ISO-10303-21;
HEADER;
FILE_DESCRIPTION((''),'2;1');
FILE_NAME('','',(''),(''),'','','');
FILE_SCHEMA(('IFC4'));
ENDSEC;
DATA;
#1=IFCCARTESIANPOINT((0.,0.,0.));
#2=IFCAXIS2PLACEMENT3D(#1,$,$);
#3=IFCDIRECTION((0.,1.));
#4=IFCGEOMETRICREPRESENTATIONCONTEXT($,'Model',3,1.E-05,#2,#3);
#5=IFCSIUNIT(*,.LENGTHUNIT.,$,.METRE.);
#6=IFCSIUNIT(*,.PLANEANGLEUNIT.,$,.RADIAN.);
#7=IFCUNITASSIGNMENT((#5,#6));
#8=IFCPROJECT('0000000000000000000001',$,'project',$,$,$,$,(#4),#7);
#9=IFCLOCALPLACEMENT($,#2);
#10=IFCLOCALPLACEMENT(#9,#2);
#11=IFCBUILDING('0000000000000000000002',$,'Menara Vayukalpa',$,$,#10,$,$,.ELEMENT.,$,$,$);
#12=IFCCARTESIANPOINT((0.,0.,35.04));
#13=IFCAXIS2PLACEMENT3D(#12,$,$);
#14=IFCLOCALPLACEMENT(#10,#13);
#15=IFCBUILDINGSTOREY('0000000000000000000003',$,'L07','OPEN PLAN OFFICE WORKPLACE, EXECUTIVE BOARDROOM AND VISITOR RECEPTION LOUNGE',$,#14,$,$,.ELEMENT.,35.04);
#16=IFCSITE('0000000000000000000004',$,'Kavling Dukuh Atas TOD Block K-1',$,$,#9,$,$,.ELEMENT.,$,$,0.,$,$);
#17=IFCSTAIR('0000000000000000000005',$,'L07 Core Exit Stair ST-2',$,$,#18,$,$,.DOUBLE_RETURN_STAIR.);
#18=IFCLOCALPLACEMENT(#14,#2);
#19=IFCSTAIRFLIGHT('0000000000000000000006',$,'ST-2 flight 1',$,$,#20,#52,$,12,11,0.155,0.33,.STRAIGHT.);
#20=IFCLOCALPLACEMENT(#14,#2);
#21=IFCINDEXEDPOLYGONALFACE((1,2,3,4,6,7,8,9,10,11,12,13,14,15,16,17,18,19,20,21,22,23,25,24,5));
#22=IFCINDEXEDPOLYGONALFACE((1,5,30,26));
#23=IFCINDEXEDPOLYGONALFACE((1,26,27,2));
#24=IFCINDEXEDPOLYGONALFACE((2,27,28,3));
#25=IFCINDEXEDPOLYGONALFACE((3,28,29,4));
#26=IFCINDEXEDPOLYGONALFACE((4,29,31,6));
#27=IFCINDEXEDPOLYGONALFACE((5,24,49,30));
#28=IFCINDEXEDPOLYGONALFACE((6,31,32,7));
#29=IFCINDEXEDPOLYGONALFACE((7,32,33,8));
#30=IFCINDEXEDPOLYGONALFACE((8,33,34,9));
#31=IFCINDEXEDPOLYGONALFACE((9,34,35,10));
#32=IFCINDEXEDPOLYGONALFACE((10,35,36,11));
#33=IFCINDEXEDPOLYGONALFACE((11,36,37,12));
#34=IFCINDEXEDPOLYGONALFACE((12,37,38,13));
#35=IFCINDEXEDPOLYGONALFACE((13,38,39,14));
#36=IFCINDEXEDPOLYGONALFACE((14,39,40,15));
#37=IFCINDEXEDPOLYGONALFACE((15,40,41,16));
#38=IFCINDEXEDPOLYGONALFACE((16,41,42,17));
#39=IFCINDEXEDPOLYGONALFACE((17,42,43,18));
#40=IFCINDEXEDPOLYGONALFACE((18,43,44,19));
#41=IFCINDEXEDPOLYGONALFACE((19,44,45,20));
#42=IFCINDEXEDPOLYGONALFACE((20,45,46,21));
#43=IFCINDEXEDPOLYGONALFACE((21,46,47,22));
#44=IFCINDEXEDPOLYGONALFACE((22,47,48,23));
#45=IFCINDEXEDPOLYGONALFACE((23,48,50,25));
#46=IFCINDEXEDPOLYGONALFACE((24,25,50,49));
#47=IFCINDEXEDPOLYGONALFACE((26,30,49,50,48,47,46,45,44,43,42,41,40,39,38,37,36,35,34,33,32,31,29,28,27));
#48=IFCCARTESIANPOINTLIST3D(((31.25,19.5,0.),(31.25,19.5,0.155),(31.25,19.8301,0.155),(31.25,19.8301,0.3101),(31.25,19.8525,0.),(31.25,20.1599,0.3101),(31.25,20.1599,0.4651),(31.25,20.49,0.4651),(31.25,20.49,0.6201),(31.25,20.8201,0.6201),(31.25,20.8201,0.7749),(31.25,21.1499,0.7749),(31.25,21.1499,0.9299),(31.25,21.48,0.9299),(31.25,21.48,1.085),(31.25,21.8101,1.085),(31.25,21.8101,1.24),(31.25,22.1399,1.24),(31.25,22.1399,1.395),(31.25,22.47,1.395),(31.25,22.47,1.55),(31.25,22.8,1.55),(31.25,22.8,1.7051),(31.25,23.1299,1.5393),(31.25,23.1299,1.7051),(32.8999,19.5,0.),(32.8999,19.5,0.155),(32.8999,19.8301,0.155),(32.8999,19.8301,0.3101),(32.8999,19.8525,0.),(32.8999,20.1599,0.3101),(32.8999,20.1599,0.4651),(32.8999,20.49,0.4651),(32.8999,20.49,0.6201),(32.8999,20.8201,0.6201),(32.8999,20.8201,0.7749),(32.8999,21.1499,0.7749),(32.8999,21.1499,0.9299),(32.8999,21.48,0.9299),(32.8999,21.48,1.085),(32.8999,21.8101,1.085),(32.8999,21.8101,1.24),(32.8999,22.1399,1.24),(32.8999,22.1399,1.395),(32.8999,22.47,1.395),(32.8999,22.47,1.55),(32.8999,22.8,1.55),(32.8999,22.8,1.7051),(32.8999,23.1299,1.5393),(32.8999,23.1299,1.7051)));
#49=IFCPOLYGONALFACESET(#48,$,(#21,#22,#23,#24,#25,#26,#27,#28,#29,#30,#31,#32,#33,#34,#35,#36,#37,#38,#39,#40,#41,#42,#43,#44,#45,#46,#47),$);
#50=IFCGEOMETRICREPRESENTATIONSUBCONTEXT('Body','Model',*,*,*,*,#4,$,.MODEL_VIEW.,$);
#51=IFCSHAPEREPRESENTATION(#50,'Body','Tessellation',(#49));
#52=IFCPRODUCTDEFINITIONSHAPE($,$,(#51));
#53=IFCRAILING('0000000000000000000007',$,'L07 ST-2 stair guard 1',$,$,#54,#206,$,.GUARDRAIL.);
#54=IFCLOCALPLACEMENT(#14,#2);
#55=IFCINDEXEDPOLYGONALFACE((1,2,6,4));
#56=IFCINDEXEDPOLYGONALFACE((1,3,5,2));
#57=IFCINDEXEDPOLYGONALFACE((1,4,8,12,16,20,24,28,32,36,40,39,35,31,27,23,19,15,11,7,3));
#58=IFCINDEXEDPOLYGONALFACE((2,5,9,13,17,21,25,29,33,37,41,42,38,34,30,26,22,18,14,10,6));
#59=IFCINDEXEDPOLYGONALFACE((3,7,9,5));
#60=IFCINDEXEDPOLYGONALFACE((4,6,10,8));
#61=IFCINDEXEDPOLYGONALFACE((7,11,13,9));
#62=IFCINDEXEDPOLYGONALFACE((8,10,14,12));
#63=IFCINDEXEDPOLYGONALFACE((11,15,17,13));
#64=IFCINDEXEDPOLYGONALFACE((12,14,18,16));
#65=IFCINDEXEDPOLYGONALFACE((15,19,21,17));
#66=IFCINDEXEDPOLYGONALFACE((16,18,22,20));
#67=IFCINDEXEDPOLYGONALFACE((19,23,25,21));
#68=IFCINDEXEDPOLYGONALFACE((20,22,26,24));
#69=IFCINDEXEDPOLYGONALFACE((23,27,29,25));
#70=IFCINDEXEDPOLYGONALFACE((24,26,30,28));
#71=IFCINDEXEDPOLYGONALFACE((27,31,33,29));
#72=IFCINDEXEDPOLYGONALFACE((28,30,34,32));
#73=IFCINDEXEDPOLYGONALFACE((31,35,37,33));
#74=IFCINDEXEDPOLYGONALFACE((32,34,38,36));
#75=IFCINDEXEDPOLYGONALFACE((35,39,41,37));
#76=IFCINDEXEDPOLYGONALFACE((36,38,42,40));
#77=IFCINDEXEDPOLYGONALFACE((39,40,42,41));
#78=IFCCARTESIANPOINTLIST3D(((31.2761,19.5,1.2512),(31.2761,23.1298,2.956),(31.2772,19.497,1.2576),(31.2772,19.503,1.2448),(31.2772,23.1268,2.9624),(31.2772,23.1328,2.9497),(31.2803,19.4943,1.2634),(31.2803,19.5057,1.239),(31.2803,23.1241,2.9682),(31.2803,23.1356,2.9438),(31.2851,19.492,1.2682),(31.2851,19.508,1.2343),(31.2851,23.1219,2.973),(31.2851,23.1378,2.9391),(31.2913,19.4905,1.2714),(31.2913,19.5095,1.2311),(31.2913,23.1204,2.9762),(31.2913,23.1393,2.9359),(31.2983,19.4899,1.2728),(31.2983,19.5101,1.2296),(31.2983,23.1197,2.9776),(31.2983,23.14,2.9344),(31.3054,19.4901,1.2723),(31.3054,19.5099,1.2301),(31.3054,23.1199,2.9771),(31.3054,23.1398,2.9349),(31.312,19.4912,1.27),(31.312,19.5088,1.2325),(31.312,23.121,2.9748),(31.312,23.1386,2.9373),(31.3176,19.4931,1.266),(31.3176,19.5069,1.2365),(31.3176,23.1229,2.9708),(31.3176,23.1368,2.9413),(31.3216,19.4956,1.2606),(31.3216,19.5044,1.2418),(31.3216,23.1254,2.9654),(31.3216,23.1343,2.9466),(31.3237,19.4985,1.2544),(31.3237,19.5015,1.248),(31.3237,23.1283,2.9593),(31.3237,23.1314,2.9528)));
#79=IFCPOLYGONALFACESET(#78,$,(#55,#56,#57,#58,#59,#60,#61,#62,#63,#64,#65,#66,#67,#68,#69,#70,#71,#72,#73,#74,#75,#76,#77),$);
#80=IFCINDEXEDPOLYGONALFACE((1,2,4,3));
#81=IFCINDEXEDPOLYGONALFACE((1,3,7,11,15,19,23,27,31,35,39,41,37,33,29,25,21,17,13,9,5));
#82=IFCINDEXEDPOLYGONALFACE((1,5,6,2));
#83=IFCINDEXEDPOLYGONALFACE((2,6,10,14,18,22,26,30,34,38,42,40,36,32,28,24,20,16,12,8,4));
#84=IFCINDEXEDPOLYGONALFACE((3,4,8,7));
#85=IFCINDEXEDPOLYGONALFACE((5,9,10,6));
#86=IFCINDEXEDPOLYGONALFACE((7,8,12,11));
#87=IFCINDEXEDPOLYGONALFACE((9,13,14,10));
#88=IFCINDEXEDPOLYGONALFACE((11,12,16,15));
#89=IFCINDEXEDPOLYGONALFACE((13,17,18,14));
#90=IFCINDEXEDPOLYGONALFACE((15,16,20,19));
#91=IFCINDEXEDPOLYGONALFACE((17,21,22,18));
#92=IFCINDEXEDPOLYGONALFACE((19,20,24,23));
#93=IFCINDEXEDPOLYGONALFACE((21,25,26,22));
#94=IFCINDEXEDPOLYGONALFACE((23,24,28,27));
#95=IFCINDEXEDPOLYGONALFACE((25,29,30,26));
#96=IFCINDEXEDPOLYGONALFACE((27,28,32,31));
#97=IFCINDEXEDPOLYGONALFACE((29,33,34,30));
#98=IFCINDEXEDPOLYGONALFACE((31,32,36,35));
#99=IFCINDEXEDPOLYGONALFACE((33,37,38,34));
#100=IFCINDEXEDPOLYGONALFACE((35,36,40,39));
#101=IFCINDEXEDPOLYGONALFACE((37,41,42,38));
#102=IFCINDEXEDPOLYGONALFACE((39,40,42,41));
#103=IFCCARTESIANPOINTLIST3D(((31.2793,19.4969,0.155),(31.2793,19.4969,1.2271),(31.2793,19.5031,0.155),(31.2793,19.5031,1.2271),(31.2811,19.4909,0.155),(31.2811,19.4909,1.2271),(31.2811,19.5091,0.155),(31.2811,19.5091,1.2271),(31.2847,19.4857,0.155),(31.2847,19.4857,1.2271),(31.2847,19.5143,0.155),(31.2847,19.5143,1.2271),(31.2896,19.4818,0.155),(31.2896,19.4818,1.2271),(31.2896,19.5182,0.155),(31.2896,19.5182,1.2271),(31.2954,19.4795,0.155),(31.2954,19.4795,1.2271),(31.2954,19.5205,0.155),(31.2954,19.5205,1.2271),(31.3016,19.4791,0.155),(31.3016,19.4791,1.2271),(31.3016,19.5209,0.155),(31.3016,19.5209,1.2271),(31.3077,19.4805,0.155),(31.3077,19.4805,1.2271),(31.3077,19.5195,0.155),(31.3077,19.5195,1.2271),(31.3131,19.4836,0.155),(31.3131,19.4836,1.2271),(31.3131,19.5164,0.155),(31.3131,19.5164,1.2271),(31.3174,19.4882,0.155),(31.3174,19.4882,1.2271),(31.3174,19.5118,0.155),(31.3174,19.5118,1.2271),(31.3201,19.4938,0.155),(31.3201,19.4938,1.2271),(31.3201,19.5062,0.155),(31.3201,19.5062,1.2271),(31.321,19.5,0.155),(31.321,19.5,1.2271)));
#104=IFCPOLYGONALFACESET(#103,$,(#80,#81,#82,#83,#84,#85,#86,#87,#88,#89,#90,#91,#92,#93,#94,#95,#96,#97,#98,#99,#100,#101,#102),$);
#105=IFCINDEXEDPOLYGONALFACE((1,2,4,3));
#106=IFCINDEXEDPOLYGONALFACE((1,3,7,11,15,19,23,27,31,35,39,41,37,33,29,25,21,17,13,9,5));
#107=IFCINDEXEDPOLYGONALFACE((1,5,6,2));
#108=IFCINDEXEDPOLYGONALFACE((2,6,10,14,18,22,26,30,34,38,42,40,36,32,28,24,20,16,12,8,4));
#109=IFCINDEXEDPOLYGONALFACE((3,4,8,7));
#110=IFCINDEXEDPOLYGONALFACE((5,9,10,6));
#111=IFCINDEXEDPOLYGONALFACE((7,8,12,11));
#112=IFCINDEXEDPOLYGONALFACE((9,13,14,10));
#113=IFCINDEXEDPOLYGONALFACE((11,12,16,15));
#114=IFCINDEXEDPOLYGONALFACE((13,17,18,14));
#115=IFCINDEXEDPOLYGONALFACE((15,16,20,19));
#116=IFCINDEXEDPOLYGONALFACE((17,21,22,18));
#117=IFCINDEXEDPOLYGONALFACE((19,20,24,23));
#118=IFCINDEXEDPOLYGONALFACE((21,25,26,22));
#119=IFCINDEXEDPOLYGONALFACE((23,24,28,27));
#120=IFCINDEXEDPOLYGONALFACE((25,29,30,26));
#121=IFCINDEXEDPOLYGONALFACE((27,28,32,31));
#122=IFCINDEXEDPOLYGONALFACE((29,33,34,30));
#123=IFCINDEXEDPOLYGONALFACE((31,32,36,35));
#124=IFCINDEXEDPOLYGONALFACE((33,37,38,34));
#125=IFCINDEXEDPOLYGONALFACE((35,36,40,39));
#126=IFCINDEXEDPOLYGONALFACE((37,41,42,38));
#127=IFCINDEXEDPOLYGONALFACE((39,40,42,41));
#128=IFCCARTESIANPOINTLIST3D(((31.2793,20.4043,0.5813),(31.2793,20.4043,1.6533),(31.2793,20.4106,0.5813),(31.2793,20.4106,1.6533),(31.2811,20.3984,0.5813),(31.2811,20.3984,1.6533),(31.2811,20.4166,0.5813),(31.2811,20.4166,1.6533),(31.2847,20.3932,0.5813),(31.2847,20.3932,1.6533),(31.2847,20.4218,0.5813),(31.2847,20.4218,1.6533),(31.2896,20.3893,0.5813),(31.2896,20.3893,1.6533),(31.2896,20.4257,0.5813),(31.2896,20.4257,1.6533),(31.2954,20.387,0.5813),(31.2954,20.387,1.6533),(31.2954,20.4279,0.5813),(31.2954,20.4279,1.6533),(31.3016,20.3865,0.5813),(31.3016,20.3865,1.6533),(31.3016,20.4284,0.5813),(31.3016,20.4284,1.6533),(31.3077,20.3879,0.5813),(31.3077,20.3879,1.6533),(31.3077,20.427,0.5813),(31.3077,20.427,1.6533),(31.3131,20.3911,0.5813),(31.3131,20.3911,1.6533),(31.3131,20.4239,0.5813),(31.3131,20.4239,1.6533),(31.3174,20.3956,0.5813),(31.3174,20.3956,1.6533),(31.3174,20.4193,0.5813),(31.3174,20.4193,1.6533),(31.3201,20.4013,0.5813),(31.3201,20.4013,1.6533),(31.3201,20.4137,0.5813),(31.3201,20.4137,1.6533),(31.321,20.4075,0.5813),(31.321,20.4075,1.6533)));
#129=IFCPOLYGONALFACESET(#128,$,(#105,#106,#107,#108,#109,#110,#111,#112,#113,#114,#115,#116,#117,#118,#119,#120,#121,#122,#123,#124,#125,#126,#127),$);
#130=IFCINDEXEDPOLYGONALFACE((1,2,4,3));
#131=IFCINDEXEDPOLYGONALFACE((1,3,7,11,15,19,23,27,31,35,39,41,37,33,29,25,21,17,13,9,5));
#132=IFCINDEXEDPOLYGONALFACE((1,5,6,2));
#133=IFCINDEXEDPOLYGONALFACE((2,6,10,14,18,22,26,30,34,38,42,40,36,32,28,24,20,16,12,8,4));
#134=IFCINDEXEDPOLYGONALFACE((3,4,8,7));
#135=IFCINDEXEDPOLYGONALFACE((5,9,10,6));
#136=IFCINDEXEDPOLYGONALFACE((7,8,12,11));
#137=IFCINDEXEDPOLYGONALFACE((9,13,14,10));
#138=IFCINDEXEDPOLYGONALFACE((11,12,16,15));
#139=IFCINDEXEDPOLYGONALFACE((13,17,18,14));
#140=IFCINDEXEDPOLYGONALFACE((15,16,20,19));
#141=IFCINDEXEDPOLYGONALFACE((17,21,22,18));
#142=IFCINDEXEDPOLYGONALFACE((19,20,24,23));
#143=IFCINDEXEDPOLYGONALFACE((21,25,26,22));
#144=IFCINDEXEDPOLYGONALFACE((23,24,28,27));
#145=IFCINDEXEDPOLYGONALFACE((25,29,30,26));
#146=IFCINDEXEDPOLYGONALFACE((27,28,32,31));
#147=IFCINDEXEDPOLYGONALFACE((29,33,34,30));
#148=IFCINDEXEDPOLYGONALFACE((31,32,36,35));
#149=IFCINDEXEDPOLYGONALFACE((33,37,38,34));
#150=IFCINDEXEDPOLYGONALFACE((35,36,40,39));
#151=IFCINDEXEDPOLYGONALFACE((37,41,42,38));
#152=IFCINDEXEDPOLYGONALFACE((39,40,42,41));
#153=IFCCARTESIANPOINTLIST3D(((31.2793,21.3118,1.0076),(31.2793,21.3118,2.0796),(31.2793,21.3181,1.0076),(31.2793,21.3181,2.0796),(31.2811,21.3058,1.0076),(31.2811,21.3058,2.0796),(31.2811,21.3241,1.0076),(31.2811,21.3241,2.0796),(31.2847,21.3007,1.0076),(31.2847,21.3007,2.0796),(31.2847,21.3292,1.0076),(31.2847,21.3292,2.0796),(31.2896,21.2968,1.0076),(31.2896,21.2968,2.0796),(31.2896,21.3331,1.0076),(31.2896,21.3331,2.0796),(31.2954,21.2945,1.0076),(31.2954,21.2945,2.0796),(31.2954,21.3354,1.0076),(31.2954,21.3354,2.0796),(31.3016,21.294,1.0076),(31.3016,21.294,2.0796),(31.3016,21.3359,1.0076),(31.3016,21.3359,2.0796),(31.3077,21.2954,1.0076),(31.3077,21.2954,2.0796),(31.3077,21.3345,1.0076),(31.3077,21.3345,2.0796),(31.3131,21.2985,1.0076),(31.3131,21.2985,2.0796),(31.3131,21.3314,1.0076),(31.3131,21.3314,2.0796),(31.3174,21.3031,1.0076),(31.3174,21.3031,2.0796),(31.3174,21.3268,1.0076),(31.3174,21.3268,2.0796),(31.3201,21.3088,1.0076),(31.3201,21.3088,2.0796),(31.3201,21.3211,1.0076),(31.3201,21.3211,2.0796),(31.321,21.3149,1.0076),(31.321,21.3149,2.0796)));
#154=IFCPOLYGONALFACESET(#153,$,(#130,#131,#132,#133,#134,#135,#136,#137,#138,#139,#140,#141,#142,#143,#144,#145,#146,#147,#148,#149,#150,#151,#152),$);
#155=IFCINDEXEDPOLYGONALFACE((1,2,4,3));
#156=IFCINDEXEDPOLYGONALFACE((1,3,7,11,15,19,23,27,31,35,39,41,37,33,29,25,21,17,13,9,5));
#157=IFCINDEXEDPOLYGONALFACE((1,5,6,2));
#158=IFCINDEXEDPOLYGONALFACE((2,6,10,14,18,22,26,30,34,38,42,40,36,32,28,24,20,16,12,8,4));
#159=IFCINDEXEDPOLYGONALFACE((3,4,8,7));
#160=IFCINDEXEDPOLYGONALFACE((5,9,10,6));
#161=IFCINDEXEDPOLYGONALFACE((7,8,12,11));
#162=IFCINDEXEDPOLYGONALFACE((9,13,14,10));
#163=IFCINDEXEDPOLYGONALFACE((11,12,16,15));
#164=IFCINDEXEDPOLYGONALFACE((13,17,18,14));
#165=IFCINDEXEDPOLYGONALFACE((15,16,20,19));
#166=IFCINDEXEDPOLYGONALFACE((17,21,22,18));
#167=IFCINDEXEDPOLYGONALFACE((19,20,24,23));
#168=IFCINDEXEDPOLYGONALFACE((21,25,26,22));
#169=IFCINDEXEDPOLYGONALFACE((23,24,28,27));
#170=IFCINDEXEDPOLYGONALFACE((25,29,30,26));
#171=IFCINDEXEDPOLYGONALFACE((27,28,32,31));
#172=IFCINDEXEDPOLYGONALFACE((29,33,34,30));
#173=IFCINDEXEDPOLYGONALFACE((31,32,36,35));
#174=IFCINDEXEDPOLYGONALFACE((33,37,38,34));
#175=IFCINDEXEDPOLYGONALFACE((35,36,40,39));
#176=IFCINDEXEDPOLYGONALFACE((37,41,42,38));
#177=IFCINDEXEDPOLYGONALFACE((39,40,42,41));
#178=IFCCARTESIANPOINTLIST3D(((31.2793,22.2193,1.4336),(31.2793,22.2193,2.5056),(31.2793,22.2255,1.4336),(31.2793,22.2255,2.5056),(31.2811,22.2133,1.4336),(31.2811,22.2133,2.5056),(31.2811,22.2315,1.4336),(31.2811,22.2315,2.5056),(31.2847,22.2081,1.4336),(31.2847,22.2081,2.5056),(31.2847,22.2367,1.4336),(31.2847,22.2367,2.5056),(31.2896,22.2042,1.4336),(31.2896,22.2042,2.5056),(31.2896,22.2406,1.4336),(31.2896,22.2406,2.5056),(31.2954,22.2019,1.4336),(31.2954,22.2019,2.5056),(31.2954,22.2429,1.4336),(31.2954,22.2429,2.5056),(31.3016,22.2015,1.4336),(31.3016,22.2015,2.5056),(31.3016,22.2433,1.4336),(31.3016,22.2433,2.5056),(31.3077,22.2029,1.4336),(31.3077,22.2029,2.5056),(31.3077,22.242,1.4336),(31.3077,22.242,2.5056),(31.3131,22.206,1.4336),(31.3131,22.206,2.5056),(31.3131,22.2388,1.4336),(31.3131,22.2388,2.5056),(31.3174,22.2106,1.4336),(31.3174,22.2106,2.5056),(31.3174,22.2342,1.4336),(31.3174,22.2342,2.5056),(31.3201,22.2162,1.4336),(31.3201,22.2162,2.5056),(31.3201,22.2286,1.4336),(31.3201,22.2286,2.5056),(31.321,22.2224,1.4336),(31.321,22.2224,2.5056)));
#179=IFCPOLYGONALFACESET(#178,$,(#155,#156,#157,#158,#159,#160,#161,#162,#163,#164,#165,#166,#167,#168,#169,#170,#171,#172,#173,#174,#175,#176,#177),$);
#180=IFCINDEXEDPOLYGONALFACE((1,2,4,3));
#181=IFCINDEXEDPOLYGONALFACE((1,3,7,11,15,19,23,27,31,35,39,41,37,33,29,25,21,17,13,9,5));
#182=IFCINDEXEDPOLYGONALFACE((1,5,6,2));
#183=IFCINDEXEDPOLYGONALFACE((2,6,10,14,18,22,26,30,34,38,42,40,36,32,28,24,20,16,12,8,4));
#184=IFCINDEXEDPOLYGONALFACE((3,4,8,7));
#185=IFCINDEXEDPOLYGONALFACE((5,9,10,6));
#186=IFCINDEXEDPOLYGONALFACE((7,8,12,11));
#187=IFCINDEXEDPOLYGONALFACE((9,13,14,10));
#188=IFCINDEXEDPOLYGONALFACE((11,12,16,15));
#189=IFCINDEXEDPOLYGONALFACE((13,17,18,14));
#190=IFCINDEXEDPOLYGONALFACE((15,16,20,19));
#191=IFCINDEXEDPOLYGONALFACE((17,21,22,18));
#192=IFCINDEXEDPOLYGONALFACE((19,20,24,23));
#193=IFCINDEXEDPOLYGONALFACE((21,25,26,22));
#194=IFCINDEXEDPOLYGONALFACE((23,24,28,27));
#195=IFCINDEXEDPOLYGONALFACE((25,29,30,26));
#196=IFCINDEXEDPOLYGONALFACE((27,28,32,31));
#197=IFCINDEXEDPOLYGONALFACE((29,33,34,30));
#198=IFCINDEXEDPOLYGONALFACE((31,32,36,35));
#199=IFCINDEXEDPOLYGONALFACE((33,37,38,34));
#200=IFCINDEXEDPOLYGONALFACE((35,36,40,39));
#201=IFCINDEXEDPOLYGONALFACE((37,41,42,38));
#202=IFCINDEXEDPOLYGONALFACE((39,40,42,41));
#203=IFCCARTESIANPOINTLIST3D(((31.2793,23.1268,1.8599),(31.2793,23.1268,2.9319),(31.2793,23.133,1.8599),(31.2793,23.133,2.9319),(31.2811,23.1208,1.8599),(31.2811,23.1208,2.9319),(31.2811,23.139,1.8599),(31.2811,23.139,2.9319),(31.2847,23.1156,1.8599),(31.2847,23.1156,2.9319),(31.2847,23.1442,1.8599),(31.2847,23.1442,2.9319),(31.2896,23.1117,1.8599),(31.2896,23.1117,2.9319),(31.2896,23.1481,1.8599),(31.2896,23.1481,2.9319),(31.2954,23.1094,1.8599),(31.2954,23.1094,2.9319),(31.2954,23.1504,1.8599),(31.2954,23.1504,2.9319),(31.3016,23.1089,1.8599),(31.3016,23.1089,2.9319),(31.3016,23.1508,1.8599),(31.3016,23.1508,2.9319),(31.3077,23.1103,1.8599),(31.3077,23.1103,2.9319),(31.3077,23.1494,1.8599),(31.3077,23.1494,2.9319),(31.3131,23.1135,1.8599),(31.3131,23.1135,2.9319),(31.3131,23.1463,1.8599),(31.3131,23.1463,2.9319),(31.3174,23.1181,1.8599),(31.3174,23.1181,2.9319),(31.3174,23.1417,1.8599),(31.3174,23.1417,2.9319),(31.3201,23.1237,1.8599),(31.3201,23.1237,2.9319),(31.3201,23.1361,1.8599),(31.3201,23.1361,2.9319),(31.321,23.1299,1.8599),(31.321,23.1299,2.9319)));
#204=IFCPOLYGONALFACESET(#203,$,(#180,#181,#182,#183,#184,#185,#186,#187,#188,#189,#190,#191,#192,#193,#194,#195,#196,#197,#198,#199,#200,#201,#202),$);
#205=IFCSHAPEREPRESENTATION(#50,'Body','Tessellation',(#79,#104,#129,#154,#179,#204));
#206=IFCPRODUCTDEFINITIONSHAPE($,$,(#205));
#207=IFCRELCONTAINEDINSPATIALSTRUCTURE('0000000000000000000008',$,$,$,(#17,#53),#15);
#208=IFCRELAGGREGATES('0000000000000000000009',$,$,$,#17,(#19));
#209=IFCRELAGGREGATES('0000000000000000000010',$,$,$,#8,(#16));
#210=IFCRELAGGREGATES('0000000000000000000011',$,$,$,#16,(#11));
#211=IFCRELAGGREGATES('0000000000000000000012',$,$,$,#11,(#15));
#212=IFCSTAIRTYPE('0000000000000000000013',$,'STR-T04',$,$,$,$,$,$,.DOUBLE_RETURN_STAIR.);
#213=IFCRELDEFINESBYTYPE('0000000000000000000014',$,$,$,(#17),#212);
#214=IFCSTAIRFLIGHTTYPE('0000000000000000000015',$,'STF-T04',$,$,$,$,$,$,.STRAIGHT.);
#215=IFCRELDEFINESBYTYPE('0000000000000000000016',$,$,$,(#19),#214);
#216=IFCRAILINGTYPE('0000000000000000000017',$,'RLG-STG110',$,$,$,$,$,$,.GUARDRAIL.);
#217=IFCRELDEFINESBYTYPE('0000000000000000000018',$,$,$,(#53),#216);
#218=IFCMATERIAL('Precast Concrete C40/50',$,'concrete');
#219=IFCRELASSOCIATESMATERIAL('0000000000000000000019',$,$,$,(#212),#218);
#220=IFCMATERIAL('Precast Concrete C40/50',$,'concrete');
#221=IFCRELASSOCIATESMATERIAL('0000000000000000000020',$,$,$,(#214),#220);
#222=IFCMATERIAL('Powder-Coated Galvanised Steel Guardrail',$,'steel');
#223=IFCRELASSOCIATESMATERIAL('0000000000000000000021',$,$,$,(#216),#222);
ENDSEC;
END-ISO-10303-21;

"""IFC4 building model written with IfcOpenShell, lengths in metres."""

from ifc_helpers import new_model, si_unit, direction, frame, origin, origin_2d, place, context, subcontext, project, spatial, polyline, circle, outline, extrude, material, type_object, element, aggregate, save


model = new_model("IFC4")

# Units and contexts
model_context = context("Model", 3, precision=1e-05, world=origin(), true_north=direction((0.0, 1.0)))
body_context = subcontext(model_context, "Body", "Model", "MODEL_VIEW")
ifc_project = project(units=[si_unit("LENGTHUNIT", "METRE"), si_unit("PLANEANGLEUNIT", "RADIAN")], contexts=[model_context])

# Site, building, storey
site_placement = place(None, origin())
site = spatial("IfcSite", under=ifc_project, at=site_placement, Name="Kavling Dukuh Atas TOD Block K-1", CompositionType="ELEMENT", RefElevation=0.0)
building_placement = place(site_placement, origin())
building = spatial("IfcBuilding", under=site, at=building_placement, Name="Menara Vayukalpa", CompositionType="ELEMENT")
storey_placement = place(building_placement, frame((0.0, 0.0, 35.04)))
storey = spatial("IfcBuildingStorey", under=building, at=storey_placement, Name="L07", Description="OPEN PLAN OFFICE WORKPLACE, EXECUTIVE BOARDROOM AND VISITOR RECEPTION LOUNGE", CompositionType="ELEMENT", Elevation=35.04)

# Stair, stair flight
ifc_material_1 = material(Name="Precast Concrete C40/50", Category="concrete")
stair_type = type_object("IfcStairType", Name="STR-T04", PredefinedType="DOUBLE_RETURN_STAIR", material=ifc_material_1)
stair_placement = place(storey_placement, origin())
stair = element("IfcStair", 1, at=stair_placement, inside=storey, type_object=stair_type, Name="L07 Core Exit Stair ST-2", PredefinedType="DOUBLE_RETURN_STAIR")
ifc_material_2 = material(Name="Precast Concrete C40/50", Category="concrete")
stair_flight_type = type_object("IfcStairFlightType", Name="STF-T04", PredefinedType="STRAIGHT", material=ifc_material_2)
stair_flight_placement = place(storey_placement, frame((32.075, 19.5, 0.0), z_axis=(0.0, 0.0, 1.0), x_axis=(0.0, 1.0, 0.0)))
stair_flight = element("IfcStairFlight", 2, at=stair_flight_placement, type_object=stair_flight_type, Name="ST-2 flight 1", NumberOfRisers=12, NumberOfTreads=11, PredefinedType="STRAIGHT", RiserHeight=0.155, TreadLength=0.33, context=body_context, shape_type="SweptSolid", body=[
    extrude(outline(polyline([(0.0, 0.0), (0.0, 0.155), (0.3301, 0.155), (0.3301, 0.3101), (0.6599, 0.3101), (0.6599, 0.4651), (0.99, 0.4651), (0.99, 0.6201), (1.3201, 0.6201), (1.3201, 0.7749), (1.6499, 0.7749), (1.6499, 0.9299), (1.98, 0.9299), (1.98, 1.085), (2.3101, 1.085), (2.3101, 1.24), (2.6399, 1.24), (2.6399, 1.395), (2.97, 1.395), (2.97, 1.55), (3.3, 1.55), (3.3, 1.7051), (3.6299, 1.7051), (3.6299, 1.8601), (3.6299, 1.5393), (0.3525, 0.0), (0.0, 0.0)])), frame((0.0, 0.825, 0.0), z_axis=(0.0, -1.0, 0.0), x_axis=(1.0, 0.0, 0.0)), (0.0, 0.0, 1.0), 1.6499),
])
aggregate(stair, [stair_flight])

# Railing
ifc_material_3 = material(Name="Powder-Coated Galvanised Steel Guardrail", Category="steel")
railing_type_1 = type_object("IfcRailingType", Name="RLG-STG110", PredefinedType="GUARDRAIL", material=ifc_material_3)
railing_1_placement = place(storey_placement, frame((31.3, 19.5, 0.155)))
element("IfcRailing", 3, at=railing_1_placement, inside=storey, type_object=railing_type_1, Name="L07 ST-2 stair guard 1", PredefinedType="GUARDRAIL", context=body_context, shape_type="SweptSolid", body=[
    extrude(circle(Radius=0.0239, at=origin_2d()), frame((0.0, 0.0, 1.0962), z_axis=(0.0, 0.90514, 0.425114), x_axis=(-1.0, 0.0, 0.0)), (0.0, 0.0, 1.0), 4.0103),
    extrude(circle(Radius=0.021, at=origin_2d()), origin(), (0.0, 0.0, 1.0), 1.072),
    extrude(circle(Radius=0.021, at=origin_2d()), frame((0.0, 0.9075, 0.4263)), (0.0, 0.0, 1.0), 1.072),
    extrude(circle(Radius=0.021, at=origin_2d()), frame((0.0, 1.8149, 0.8525)), (0.0, 0.0, 1.0), 1.072),
    extrude(circle(Radius=0.021, at=origin_2d()), frame((0.0, 2.7224, 1.2786)), (0.0, 0.0, 1.0), 1.072),
    extrude(circle(Radius=0.021, at=origin_2d()), frame((0.0, 3.6299, 1.7048)), (0.0, 0.0, 1.0), 1.072),
])

save(model, "model.ifc")
